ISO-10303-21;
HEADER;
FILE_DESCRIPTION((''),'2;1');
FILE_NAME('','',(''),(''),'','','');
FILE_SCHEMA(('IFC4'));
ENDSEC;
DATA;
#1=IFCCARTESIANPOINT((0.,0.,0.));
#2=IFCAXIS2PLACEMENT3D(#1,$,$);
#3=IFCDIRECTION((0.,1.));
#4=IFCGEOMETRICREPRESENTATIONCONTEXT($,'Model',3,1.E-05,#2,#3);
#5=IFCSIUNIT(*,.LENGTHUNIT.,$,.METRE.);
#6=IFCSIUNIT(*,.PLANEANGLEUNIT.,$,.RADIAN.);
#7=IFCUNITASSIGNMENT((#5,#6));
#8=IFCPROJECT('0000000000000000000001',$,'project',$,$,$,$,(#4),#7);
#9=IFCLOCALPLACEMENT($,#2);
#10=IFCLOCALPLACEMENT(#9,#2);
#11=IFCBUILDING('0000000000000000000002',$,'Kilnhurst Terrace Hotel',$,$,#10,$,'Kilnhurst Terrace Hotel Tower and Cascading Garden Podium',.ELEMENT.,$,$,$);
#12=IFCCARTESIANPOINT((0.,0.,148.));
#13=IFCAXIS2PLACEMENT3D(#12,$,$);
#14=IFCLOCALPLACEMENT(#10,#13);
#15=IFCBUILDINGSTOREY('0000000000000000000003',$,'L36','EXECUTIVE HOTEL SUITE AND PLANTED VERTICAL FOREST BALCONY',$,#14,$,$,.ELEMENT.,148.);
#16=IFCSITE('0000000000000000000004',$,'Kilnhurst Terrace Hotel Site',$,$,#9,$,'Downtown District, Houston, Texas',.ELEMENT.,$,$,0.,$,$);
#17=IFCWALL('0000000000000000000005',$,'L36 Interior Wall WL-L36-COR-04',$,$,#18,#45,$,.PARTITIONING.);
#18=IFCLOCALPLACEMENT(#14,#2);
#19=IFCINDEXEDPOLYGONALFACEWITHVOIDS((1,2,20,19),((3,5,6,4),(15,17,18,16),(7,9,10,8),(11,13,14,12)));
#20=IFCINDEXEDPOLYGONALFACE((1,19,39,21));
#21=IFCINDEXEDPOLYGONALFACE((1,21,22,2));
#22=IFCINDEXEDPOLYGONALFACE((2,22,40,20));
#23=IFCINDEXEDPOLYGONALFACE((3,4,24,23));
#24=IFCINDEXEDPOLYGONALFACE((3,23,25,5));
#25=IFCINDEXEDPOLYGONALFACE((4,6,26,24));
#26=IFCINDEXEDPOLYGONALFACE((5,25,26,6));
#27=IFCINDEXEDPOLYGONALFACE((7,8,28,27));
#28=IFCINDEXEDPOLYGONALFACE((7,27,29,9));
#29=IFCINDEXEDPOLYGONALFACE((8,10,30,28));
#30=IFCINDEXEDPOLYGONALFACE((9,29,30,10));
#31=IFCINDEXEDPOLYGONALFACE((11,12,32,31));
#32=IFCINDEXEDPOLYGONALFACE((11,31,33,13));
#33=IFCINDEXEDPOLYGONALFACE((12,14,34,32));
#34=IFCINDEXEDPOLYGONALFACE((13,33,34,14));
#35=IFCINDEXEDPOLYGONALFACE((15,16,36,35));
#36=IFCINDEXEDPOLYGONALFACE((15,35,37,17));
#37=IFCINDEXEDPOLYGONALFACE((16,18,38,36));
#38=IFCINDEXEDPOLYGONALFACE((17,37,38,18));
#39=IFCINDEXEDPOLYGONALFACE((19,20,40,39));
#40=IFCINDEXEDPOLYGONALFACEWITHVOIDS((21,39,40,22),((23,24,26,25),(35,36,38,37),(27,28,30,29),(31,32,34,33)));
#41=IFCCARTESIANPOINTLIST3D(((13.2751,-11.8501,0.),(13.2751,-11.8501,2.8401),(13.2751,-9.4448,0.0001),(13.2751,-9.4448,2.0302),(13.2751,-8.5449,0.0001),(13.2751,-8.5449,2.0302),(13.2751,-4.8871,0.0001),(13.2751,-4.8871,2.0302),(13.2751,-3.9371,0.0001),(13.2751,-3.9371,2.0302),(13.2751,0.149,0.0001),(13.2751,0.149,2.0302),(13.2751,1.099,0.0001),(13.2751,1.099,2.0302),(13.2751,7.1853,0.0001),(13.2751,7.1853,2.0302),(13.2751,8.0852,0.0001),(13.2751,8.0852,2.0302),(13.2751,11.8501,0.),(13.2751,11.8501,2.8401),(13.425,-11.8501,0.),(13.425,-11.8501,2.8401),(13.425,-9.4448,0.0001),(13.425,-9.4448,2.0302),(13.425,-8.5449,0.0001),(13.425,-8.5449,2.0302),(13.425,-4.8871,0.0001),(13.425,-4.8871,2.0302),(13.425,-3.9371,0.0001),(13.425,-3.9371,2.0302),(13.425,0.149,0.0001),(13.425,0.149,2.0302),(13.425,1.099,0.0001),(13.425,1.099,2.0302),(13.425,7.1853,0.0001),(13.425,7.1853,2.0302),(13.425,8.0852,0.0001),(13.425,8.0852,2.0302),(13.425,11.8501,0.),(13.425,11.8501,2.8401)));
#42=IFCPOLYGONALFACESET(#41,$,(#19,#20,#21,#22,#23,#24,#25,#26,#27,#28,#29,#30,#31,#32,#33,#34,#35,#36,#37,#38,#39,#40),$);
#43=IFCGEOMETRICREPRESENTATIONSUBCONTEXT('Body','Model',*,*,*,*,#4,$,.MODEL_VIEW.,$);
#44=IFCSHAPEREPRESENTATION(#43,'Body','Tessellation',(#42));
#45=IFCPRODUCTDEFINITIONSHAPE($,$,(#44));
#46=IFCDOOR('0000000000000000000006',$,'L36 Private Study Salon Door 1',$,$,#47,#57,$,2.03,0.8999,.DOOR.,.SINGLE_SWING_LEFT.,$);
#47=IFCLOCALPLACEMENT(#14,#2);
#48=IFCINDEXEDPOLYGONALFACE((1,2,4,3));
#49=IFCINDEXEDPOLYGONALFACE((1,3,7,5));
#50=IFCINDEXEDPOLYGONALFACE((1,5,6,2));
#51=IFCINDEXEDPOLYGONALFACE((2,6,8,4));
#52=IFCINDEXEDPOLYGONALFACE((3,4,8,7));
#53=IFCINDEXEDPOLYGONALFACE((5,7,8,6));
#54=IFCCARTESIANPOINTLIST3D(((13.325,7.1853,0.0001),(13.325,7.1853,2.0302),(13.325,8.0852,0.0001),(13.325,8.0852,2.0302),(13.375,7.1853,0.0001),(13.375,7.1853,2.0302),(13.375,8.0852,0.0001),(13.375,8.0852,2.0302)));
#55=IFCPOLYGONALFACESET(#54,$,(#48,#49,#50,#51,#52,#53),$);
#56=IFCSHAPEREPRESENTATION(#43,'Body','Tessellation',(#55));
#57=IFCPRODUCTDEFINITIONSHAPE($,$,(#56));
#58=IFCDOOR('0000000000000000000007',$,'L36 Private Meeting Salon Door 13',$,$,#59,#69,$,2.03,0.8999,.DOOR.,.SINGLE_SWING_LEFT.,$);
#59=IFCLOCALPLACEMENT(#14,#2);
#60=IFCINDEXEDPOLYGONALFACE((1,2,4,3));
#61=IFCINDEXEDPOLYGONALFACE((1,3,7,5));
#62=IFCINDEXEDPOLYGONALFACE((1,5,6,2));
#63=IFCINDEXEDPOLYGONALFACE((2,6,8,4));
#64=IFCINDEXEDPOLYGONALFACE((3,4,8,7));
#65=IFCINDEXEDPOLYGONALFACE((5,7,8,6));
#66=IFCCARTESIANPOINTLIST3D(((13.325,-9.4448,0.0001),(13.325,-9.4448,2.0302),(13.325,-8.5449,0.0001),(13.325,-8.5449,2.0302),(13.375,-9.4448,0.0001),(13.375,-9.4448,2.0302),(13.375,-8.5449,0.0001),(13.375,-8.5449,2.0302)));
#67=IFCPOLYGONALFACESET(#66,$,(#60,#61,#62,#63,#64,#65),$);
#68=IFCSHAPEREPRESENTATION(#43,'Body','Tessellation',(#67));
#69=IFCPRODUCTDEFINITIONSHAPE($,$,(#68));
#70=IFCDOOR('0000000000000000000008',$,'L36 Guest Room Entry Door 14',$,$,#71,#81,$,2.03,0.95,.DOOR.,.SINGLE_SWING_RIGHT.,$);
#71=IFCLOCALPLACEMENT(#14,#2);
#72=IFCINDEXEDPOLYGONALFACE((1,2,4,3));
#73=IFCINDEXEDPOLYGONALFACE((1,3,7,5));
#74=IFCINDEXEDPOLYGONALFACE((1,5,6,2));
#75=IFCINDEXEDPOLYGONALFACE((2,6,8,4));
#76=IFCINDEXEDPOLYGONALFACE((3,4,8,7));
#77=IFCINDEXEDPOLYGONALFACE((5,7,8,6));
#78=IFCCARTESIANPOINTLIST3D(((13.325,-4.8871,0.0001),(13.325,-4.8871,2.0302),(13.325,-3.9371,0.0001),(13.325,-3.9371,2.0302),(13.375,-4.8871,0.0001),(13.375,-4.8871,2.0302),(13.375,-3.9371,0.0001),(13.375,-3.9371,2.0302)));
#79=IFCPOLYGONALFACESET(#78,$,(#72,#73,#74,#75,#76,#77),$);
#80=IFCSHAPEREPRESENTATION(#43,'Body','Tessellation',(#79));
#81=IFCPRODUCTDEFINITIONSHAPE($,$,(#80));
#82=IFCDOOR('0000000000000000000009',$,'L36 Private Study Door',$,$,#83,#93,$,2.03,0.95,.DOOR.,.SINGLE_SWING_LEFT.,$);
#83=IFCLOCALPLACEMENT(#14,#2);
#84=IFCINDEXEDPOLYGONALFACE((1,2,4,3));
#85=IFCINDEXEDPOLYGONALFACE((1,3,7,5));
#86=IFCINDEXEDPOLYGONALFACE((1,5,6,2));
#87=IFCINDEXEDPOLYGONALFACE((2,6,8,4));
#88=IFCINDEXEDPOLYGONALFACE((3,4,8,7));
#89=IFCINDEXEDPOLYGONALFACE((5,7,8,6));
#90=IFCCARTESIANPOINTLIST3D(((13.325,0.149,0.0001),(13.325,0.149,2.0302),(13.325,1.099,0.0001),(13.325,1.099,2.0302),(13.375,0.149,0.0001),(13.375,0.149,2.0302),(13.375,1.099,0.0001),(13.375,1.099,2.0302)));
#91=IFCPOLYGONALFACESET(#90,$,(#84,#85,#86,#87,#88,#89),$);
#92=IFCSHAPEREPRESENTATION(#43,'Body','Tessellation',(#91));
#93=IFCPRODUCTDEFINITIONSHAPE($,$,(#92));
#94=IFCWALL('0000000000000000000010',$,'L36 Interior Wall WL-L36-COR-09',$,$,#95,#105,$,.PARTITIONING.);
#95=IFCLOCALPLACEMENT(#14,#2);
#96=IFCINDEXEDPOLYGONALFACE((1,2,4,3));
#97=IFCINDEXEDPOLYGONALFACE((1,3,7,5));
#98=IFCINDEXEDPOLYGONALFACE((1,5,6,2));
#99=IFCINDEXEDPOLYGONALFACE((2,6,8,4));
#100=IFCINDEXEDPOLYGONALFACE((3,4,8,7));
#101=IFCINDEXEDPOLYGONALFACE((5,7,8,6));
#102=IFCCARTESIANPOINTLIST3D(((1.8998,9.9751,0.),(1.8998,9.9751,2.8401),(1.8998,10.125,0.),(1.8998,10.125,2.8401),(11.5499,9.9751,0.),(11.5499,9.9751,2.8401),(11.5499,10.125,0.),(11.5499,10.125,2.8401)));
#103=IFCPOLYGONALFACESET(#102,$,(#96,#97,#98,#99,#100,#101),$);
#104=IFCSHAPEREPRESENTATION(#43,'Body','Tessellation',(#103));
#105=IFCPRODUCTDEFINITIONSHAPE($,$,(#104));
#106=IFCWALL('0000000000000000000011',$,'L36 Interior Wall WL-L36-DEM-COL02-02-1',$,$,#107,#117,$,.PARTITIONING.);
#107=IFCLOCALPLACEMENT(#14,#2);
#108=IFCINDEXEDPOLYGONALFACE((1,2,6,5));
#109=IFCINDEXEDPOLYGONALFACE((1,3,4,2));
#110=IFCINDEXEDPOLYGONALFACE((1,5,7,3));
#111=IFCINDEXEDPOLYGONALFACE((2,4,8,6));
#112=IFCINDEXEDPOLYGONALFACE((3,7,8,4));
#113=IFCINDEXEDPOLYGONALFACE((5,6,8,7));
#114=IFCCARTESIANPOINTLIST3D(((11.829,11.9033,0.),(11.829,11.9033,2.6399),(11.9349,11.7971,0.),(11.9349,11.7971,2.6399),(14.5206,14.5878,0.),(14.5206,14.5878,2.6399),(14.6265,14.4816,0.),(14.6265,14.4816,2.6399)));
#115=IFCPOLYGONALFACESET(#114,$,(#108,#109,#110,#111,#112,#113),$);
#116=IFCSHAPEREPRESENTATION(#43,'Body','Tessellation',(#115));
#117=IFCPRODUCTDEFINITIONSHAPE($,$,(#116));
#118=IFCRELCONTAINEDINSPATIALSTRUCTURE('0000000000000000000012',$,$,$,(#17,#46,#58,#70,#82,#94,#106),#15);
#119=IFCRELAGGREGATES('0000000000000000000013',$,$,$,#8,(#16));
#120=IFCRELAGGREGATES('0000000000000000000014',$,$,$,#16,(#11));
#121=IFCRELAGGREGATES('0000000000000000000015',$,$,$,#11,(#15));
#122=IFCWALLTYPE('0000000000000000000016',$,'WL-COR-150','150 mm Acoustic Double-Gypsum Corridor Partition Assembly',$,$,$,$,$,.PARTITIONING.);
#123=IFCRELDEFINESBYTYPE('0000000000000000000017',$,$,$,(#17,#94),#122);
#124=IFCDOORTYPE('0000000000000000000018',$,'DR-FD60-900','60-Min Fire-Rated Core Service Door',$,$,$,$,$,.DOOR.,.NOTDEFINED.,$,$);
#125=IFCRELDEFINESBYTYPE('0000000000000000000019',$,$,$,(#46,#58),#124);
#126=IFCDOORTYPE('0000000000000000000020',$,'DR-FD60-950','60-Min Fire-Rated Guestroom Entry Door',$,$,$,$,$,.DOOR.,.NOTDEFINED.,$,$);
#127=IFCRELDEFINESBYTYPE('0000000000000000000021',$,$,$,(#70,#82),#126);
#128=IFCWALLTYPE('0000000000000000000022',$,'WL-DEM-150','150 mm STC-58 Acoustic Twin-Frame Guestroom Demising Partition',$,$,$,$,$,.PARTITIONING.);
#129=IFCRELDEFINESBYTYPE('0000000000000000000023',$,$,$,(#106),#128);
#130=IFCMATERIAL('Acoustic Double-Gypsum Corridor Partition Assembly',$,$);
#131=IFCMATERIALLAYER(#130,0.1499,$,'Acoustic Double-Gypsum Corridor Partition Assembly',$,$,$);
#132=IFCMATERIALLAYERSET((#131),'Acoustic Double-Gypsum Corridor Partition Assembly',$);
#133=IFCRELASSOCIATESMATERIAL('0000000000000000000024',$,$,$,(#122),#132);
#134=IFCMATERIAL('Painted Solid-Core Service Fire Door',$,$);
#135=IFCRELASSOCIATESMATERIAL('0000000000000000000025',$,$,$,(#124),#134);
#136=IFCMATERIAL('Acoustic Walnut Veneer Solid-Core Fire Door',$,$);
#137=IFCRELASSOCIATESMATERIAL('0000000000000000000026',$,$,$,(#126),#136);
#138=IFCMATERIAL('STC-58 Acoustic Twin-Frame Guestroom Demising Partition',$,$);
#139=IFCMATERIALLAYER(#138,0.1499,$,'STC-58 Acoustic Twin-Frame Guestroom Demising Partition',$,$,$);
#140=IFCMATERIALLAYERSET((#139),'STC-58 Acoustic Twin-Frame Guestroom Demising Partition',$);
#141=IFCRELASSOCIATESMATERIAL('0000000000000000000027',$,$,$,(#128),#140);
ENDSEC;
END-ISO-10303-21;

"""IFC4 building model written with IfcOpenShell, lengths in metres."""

from ifc_helpers import new_model, si_unit, direction, frame, frame_2d, origin, place, context, subcontext, project, spatial, rectangle, extrude, material, layer, layer_set, type_object, element, fill, save


model = new_model("IFC4")

# Units and contexts
model_context = context("Model", 3, precision=1e-05, world=origin(), true_north=direction((0.0, 1.0)))
body_context = subcontext(model_context, "Body", "Model", "MODEL_VIEW")
ifc_project = project(units=[si_unit("LENGTHUNIT", "METRE"), si_unit("PLANEANGLEUNIT", "RADIAN")], contexts=[model_context])

# Site, building, storey
site_placement = place(None, origin())
site = spatial("IfcSite", under=ifc_project, at=site_placement, Name="Kilnhurst Terrace Hotel Site", LongName="Downtown District, Houston, Texas", CompositionType="ELEMENT", RefElevation=0.0)
building_placement = place(site_placement, origin())
building = spatial("IfcBuilding", under=site, at=building_placement, Name="Kilnhurst Terrace Hotel", LongName="Kilnhurst Terrace Hotel Tower and Cascading Garden Podium", CompositionType="ELEMENT")
storey_placement = place(building_placement, frame((0.0, 0.0, 148.0)))
storey = spatial("IfcBuildingStorey", under=building, at=storey_placement, Name="L36", Description="EXECUTIVE HOTEL SUITE AND PLANTED VERTICAL FOREST BALCONY", CompositionType="ELEMENT", Elevation=148.0)

# Wall, openings, doors
ifc_material_1 = material(Name="Acoustic Double-Gypsum Corridor Partition Assembly")
ifc_layer_1 = layer(ifc_material_1, 0.1499, Name="Acoustic Double-Gypsum Corridor Partition Assembly")
ifc_layer_set_1 = layer_set([ifc_layer_1], Name="Acoustic Double-Gypsum Corridor Partition Assembly")
wall_type_1 = type_object("IfcWallType", Name="WL-COR-150", Description="150 mm Acoustic Double-Gypsum Corridor Partition Assembly", PredefinedType="PARTITIONING", material=ifc_layer_set_1)
wall_1_placement = place(storey_placement, frame((13.3501, 11.8501, 0.0), z_axis=(0.0, 0.0, 1.0), x_axis=(0.0, -1.0, 0.0)))
wall_1 = element("IfcWall", 1, at=wall_1_placement, inside=storey, type_object=wall_type_1, Name="L36 Interior Wall WL-L36-COR-04", PredefinedType="PARTITIONING", context=body_context, shape_type="SweptSolid", body=[
    extrude(rectangle(XDim=23.7002, YDim=0.1499, at=frame_2d((11.8501, 0.0))), origin(), (0.0, 0.0, 1.0), 2.8401),
])
opening_1_placement = place(wall_1_placement, frame((3.7649, 0.0, 0.0)))
opening_1 = element("IfcOpeningElement", 2, at=opening_1_placement, cuts=wall_1, PredefinedType="OPENING", context=body_context, shape_type="SweptSolid", body=[
    extrude(rectangle(XDim=0.8999, YDim=2.03, at=frame_2d((0.45, 1.0151))), frame((0.0, 0.085, 0.0), z_axis=(0.0, -1.0, 0.0), x_axis=(1.0, 0.0, 0.0)), (0.0, 0.0, 1.0), 0.1699),
])
opening_2_placement = place(wall_1_placement, frame((20.395, 0.0, 0.0)))
opening_2 = element("IfcOpeningElement", 3, at=opening_2_placement, cuts=wall_1, PredefinedType="OPENING", context=body_context, shape_type="SweptSolid", body=[
    extrude(rectangle(XDim=0.8999, YDim=2.03, at=frame_2d((0.45, 1.0151))), frame((0.0, 0.085, 0.0), z_axis=(0.0, -1.0, 0.0), x_axis=(1.0, 0.0, 0.0)), (0.0, 0.0, 1.0), 0.1699),
])
opening_3_placement = place(wall_1_placement, frame((15.7871, 0.0, 0.0)))
opening_3 = element("IfcOpeningElement", 4, at=opening_3_placement, cuts=wall_1, PredefinedType="OPENING", context=body_context, shape_type="SweptSolid", body=[
    extrude(rectangle(XDim=0.95, YDim=2.03, at=frame_2d((0.4751, 1.0151))), frame((0.0, 0.085, 0.0), z_axis=(0.0, -1.0, 0.0), x_axis=(1.0, 0.0, 0.0)), (0.0, 0.0, 1.0), 0.1699),
])
opening_4_placement = place(wall_1_placement, frame((10.751, 0.0, 0.0)))
opening_4 = element("IfcOpeningElement", 5, at=opening_4_placement, cuts=wall_1, PredefinedType="OPENING", context=body_context, shape_type="SweptSolid", body=[
    extrude(rectangle(XDim=0.95, YDim=2.03, at=frame_2d((0.4751, 1.0151))), frame((0.0, 0.085, 0.0), z_axis=(0.0, -1.0, 0.0), x_axis=(1.0, 0.0, 0.0)), (0.0, 0.0, 1.0), 0.1699),
])
ifc_material_2 = material(Name="Painted Solid-Core Service Fire Door")
door_type_1 = type_object("IfcDoorType", Name="DR-FD60-900", Description="60-Min Fire-Rated Core Service Door", OperationType="NOTDEFINED", PredefinedType="DOOR", material=ifc_material_2)
door_1_placement = place(opening_1_placement, origin())
door_1 = element("IfcDoor", 6, at=door_1_placement, inside=storey, type_object=door_type_1, Name="L36 Private Study Salon Door 1", OperationType="SINGLE_SWING_LEFT", OverallHeight=2.03, OverallWidth=0.8999, PredefinedType="DOOR", context=body_context, shape_type="SweptSolid", body=[
    extrude(rectangle(XDim=0.8999, YDim=2.03, at=frame_2d((0.45, 1.0151))), frame((0.0, 0.0249, 0.0), z_axis=(0.0, -1.0, 0.0), x_axis=(1.0, 0.0, 0.0)), (0.0, 0.0, 1.0), 0.05),
])
fill(opening_1, door_1)
door_2_placement = place(opening_2_placement, origin())
door_2 = element("IfcDoor", 7, at=door_2_placement, inside=storey, type_object=door_type_1, Name="L36 Private Meeting Salon Door 13", OperationType="SINGLE_SWING_LEFT", OverallHeight=2.03, OverallWidth=0.8999, PredefinedType="DOOR", context=body_context, shape_type="SweptSolid", body=[
    extrude(rectangle(XDim=0.8999, YDim=2.03, at=frame_2d((0.45, 1.0151))), frame((0.0, 0.0249, 0.0), z_axis=(0.0, -1.0, 0.0), x_axis=(1.0, 0.0, 0.0)), (0.0, 0.0, 1.0), 0.05),
])
fill(opening_2, door_2)
ifc_material_3 = material(Name="Acoustic Walnut Veneer Solid-Core Fire Door")
door_type_2 = type_object("IfcDoorType", Name="DR-FD60-950", Description="60-Min Fire-Rated Guestroom Entry Door", OperationType="NOTDEFINED", PredefinedType="DOOR", material=ifc_material_3)
door_3_placement = place(opening_3_placement, origin())
door_3 = element("IfcDoor", 8, at=door_3_placement, inside=storey, type_object=door_type_2, Name="L36 Guest Room Entry Door 14", OperationType="SINGLE_SWING_RIGHT", OverallHeight=2.03, OverallWidth=0.95, PredefinedType="DOOR", context=body_context, shape_type="SweptSolid", body=[
    extrude(rectangle(XDim=0.95, YDim=2.03, at=frame_2d((0.4751, 1.0151))), frame((0.0, 0.0249, 0.0), z_axis=(0.0, -1.0, 0.0), x_axis=(1.0, 0.0, 0.0)), (0.0, 0.0, 1.0), 0.05),
])
fill(opening_3, door_3)
door_4_placement = place(opening_4_placement, origin())
door_4 = element("IfcDoor", 9, at=door_4_placement, inside=storey, type_object=door_type_2, Name="L36 Private Study Door", OperationType="SINGLE_SWING_LEFT", OverallHeight=2.03, OverallWidth=0.95, PredefinedType="DOOR", context=body_context, shape_type="SweptSolid", body=[
    extrude(rectangle(XDim=0.95, YDim=2.03, at=frame_2d((0.4751, 1.0151))), frame((0.0, 0.0249, 0.0), z_axis=(0.0, -1.0, 0.0), x_axis=(1.0, 0.0, 0.0)), (0.0, 0.0, 1.0), 0.05),
])
fill(opening_4, door_4)

# Walls
wall_2_placement = place(storey_placement, frame((11.55, 10.05, 0.0), z_axis=(0.0, 0.0, 1.0), x_axis=(-1.0, 0.0, 0.0)))
element("IfcWall", 10, at=wall_2_placement, inside=storey, type_object=wall_type_1, Name="L36 Interior Wall WL-L36-COR-09", PredefinedType="PARTITIONING", context=body_context, shape_type="SweptSolid", body=[
    extrude(rectangle(XDim=9.6501, YDim=0.1499, at=frame_2d((4.8252, 0.0))), origin(), (0.0, 0.0, 1.0), 2.8401),
])
ifc_material_4 = material(Name="STC-58 Acoustic Twin-Frame Guestroom Demising Partition")
ifc_layer_2 = layer(ifc_material_4, 0.1499, Name="STC-58 Acoustic Twin-Frame Guestroom Demising Partition")
ifc_layer_set_2 = layer_set([ifc_layer_2], Name="STC-58 Acoustic Twin-Frame Guestroom Demising Partition")
wall_type_2 = type_object("IfcWallType", Name="WL-DEM-150", Description="150 mm STC-58 Acoustic Twin-Frame Guestroom Demising Partition", PredefinedType="PARTITIONING", material=ifc_layer_set_2)
wall_3_placement = place(storey_placement, frame((11.8818, 11.8501, 0.0), z_axis=(0.0, 0.0, 1.0), x_axis=(0.708037, 0.706175, 0.0)))
element("IfcWall", 11, at=wall_3_placement, inside=storey, type_object=wall_type_2, Name="L36 Interior Wall WL-L36-DEM-COL02-02-1", PredefinedType="PARTITIONING", context=body_context, shape_type="SweptSolid", body=[
    extrude(rectangle(XDim=3.8015, YDim=0.1499, at=frame_2d((1.9009, 0.0))), origin(), (0.0, 0.0, 1.0), 2.6399),
])

save(model, "model.ifc")
